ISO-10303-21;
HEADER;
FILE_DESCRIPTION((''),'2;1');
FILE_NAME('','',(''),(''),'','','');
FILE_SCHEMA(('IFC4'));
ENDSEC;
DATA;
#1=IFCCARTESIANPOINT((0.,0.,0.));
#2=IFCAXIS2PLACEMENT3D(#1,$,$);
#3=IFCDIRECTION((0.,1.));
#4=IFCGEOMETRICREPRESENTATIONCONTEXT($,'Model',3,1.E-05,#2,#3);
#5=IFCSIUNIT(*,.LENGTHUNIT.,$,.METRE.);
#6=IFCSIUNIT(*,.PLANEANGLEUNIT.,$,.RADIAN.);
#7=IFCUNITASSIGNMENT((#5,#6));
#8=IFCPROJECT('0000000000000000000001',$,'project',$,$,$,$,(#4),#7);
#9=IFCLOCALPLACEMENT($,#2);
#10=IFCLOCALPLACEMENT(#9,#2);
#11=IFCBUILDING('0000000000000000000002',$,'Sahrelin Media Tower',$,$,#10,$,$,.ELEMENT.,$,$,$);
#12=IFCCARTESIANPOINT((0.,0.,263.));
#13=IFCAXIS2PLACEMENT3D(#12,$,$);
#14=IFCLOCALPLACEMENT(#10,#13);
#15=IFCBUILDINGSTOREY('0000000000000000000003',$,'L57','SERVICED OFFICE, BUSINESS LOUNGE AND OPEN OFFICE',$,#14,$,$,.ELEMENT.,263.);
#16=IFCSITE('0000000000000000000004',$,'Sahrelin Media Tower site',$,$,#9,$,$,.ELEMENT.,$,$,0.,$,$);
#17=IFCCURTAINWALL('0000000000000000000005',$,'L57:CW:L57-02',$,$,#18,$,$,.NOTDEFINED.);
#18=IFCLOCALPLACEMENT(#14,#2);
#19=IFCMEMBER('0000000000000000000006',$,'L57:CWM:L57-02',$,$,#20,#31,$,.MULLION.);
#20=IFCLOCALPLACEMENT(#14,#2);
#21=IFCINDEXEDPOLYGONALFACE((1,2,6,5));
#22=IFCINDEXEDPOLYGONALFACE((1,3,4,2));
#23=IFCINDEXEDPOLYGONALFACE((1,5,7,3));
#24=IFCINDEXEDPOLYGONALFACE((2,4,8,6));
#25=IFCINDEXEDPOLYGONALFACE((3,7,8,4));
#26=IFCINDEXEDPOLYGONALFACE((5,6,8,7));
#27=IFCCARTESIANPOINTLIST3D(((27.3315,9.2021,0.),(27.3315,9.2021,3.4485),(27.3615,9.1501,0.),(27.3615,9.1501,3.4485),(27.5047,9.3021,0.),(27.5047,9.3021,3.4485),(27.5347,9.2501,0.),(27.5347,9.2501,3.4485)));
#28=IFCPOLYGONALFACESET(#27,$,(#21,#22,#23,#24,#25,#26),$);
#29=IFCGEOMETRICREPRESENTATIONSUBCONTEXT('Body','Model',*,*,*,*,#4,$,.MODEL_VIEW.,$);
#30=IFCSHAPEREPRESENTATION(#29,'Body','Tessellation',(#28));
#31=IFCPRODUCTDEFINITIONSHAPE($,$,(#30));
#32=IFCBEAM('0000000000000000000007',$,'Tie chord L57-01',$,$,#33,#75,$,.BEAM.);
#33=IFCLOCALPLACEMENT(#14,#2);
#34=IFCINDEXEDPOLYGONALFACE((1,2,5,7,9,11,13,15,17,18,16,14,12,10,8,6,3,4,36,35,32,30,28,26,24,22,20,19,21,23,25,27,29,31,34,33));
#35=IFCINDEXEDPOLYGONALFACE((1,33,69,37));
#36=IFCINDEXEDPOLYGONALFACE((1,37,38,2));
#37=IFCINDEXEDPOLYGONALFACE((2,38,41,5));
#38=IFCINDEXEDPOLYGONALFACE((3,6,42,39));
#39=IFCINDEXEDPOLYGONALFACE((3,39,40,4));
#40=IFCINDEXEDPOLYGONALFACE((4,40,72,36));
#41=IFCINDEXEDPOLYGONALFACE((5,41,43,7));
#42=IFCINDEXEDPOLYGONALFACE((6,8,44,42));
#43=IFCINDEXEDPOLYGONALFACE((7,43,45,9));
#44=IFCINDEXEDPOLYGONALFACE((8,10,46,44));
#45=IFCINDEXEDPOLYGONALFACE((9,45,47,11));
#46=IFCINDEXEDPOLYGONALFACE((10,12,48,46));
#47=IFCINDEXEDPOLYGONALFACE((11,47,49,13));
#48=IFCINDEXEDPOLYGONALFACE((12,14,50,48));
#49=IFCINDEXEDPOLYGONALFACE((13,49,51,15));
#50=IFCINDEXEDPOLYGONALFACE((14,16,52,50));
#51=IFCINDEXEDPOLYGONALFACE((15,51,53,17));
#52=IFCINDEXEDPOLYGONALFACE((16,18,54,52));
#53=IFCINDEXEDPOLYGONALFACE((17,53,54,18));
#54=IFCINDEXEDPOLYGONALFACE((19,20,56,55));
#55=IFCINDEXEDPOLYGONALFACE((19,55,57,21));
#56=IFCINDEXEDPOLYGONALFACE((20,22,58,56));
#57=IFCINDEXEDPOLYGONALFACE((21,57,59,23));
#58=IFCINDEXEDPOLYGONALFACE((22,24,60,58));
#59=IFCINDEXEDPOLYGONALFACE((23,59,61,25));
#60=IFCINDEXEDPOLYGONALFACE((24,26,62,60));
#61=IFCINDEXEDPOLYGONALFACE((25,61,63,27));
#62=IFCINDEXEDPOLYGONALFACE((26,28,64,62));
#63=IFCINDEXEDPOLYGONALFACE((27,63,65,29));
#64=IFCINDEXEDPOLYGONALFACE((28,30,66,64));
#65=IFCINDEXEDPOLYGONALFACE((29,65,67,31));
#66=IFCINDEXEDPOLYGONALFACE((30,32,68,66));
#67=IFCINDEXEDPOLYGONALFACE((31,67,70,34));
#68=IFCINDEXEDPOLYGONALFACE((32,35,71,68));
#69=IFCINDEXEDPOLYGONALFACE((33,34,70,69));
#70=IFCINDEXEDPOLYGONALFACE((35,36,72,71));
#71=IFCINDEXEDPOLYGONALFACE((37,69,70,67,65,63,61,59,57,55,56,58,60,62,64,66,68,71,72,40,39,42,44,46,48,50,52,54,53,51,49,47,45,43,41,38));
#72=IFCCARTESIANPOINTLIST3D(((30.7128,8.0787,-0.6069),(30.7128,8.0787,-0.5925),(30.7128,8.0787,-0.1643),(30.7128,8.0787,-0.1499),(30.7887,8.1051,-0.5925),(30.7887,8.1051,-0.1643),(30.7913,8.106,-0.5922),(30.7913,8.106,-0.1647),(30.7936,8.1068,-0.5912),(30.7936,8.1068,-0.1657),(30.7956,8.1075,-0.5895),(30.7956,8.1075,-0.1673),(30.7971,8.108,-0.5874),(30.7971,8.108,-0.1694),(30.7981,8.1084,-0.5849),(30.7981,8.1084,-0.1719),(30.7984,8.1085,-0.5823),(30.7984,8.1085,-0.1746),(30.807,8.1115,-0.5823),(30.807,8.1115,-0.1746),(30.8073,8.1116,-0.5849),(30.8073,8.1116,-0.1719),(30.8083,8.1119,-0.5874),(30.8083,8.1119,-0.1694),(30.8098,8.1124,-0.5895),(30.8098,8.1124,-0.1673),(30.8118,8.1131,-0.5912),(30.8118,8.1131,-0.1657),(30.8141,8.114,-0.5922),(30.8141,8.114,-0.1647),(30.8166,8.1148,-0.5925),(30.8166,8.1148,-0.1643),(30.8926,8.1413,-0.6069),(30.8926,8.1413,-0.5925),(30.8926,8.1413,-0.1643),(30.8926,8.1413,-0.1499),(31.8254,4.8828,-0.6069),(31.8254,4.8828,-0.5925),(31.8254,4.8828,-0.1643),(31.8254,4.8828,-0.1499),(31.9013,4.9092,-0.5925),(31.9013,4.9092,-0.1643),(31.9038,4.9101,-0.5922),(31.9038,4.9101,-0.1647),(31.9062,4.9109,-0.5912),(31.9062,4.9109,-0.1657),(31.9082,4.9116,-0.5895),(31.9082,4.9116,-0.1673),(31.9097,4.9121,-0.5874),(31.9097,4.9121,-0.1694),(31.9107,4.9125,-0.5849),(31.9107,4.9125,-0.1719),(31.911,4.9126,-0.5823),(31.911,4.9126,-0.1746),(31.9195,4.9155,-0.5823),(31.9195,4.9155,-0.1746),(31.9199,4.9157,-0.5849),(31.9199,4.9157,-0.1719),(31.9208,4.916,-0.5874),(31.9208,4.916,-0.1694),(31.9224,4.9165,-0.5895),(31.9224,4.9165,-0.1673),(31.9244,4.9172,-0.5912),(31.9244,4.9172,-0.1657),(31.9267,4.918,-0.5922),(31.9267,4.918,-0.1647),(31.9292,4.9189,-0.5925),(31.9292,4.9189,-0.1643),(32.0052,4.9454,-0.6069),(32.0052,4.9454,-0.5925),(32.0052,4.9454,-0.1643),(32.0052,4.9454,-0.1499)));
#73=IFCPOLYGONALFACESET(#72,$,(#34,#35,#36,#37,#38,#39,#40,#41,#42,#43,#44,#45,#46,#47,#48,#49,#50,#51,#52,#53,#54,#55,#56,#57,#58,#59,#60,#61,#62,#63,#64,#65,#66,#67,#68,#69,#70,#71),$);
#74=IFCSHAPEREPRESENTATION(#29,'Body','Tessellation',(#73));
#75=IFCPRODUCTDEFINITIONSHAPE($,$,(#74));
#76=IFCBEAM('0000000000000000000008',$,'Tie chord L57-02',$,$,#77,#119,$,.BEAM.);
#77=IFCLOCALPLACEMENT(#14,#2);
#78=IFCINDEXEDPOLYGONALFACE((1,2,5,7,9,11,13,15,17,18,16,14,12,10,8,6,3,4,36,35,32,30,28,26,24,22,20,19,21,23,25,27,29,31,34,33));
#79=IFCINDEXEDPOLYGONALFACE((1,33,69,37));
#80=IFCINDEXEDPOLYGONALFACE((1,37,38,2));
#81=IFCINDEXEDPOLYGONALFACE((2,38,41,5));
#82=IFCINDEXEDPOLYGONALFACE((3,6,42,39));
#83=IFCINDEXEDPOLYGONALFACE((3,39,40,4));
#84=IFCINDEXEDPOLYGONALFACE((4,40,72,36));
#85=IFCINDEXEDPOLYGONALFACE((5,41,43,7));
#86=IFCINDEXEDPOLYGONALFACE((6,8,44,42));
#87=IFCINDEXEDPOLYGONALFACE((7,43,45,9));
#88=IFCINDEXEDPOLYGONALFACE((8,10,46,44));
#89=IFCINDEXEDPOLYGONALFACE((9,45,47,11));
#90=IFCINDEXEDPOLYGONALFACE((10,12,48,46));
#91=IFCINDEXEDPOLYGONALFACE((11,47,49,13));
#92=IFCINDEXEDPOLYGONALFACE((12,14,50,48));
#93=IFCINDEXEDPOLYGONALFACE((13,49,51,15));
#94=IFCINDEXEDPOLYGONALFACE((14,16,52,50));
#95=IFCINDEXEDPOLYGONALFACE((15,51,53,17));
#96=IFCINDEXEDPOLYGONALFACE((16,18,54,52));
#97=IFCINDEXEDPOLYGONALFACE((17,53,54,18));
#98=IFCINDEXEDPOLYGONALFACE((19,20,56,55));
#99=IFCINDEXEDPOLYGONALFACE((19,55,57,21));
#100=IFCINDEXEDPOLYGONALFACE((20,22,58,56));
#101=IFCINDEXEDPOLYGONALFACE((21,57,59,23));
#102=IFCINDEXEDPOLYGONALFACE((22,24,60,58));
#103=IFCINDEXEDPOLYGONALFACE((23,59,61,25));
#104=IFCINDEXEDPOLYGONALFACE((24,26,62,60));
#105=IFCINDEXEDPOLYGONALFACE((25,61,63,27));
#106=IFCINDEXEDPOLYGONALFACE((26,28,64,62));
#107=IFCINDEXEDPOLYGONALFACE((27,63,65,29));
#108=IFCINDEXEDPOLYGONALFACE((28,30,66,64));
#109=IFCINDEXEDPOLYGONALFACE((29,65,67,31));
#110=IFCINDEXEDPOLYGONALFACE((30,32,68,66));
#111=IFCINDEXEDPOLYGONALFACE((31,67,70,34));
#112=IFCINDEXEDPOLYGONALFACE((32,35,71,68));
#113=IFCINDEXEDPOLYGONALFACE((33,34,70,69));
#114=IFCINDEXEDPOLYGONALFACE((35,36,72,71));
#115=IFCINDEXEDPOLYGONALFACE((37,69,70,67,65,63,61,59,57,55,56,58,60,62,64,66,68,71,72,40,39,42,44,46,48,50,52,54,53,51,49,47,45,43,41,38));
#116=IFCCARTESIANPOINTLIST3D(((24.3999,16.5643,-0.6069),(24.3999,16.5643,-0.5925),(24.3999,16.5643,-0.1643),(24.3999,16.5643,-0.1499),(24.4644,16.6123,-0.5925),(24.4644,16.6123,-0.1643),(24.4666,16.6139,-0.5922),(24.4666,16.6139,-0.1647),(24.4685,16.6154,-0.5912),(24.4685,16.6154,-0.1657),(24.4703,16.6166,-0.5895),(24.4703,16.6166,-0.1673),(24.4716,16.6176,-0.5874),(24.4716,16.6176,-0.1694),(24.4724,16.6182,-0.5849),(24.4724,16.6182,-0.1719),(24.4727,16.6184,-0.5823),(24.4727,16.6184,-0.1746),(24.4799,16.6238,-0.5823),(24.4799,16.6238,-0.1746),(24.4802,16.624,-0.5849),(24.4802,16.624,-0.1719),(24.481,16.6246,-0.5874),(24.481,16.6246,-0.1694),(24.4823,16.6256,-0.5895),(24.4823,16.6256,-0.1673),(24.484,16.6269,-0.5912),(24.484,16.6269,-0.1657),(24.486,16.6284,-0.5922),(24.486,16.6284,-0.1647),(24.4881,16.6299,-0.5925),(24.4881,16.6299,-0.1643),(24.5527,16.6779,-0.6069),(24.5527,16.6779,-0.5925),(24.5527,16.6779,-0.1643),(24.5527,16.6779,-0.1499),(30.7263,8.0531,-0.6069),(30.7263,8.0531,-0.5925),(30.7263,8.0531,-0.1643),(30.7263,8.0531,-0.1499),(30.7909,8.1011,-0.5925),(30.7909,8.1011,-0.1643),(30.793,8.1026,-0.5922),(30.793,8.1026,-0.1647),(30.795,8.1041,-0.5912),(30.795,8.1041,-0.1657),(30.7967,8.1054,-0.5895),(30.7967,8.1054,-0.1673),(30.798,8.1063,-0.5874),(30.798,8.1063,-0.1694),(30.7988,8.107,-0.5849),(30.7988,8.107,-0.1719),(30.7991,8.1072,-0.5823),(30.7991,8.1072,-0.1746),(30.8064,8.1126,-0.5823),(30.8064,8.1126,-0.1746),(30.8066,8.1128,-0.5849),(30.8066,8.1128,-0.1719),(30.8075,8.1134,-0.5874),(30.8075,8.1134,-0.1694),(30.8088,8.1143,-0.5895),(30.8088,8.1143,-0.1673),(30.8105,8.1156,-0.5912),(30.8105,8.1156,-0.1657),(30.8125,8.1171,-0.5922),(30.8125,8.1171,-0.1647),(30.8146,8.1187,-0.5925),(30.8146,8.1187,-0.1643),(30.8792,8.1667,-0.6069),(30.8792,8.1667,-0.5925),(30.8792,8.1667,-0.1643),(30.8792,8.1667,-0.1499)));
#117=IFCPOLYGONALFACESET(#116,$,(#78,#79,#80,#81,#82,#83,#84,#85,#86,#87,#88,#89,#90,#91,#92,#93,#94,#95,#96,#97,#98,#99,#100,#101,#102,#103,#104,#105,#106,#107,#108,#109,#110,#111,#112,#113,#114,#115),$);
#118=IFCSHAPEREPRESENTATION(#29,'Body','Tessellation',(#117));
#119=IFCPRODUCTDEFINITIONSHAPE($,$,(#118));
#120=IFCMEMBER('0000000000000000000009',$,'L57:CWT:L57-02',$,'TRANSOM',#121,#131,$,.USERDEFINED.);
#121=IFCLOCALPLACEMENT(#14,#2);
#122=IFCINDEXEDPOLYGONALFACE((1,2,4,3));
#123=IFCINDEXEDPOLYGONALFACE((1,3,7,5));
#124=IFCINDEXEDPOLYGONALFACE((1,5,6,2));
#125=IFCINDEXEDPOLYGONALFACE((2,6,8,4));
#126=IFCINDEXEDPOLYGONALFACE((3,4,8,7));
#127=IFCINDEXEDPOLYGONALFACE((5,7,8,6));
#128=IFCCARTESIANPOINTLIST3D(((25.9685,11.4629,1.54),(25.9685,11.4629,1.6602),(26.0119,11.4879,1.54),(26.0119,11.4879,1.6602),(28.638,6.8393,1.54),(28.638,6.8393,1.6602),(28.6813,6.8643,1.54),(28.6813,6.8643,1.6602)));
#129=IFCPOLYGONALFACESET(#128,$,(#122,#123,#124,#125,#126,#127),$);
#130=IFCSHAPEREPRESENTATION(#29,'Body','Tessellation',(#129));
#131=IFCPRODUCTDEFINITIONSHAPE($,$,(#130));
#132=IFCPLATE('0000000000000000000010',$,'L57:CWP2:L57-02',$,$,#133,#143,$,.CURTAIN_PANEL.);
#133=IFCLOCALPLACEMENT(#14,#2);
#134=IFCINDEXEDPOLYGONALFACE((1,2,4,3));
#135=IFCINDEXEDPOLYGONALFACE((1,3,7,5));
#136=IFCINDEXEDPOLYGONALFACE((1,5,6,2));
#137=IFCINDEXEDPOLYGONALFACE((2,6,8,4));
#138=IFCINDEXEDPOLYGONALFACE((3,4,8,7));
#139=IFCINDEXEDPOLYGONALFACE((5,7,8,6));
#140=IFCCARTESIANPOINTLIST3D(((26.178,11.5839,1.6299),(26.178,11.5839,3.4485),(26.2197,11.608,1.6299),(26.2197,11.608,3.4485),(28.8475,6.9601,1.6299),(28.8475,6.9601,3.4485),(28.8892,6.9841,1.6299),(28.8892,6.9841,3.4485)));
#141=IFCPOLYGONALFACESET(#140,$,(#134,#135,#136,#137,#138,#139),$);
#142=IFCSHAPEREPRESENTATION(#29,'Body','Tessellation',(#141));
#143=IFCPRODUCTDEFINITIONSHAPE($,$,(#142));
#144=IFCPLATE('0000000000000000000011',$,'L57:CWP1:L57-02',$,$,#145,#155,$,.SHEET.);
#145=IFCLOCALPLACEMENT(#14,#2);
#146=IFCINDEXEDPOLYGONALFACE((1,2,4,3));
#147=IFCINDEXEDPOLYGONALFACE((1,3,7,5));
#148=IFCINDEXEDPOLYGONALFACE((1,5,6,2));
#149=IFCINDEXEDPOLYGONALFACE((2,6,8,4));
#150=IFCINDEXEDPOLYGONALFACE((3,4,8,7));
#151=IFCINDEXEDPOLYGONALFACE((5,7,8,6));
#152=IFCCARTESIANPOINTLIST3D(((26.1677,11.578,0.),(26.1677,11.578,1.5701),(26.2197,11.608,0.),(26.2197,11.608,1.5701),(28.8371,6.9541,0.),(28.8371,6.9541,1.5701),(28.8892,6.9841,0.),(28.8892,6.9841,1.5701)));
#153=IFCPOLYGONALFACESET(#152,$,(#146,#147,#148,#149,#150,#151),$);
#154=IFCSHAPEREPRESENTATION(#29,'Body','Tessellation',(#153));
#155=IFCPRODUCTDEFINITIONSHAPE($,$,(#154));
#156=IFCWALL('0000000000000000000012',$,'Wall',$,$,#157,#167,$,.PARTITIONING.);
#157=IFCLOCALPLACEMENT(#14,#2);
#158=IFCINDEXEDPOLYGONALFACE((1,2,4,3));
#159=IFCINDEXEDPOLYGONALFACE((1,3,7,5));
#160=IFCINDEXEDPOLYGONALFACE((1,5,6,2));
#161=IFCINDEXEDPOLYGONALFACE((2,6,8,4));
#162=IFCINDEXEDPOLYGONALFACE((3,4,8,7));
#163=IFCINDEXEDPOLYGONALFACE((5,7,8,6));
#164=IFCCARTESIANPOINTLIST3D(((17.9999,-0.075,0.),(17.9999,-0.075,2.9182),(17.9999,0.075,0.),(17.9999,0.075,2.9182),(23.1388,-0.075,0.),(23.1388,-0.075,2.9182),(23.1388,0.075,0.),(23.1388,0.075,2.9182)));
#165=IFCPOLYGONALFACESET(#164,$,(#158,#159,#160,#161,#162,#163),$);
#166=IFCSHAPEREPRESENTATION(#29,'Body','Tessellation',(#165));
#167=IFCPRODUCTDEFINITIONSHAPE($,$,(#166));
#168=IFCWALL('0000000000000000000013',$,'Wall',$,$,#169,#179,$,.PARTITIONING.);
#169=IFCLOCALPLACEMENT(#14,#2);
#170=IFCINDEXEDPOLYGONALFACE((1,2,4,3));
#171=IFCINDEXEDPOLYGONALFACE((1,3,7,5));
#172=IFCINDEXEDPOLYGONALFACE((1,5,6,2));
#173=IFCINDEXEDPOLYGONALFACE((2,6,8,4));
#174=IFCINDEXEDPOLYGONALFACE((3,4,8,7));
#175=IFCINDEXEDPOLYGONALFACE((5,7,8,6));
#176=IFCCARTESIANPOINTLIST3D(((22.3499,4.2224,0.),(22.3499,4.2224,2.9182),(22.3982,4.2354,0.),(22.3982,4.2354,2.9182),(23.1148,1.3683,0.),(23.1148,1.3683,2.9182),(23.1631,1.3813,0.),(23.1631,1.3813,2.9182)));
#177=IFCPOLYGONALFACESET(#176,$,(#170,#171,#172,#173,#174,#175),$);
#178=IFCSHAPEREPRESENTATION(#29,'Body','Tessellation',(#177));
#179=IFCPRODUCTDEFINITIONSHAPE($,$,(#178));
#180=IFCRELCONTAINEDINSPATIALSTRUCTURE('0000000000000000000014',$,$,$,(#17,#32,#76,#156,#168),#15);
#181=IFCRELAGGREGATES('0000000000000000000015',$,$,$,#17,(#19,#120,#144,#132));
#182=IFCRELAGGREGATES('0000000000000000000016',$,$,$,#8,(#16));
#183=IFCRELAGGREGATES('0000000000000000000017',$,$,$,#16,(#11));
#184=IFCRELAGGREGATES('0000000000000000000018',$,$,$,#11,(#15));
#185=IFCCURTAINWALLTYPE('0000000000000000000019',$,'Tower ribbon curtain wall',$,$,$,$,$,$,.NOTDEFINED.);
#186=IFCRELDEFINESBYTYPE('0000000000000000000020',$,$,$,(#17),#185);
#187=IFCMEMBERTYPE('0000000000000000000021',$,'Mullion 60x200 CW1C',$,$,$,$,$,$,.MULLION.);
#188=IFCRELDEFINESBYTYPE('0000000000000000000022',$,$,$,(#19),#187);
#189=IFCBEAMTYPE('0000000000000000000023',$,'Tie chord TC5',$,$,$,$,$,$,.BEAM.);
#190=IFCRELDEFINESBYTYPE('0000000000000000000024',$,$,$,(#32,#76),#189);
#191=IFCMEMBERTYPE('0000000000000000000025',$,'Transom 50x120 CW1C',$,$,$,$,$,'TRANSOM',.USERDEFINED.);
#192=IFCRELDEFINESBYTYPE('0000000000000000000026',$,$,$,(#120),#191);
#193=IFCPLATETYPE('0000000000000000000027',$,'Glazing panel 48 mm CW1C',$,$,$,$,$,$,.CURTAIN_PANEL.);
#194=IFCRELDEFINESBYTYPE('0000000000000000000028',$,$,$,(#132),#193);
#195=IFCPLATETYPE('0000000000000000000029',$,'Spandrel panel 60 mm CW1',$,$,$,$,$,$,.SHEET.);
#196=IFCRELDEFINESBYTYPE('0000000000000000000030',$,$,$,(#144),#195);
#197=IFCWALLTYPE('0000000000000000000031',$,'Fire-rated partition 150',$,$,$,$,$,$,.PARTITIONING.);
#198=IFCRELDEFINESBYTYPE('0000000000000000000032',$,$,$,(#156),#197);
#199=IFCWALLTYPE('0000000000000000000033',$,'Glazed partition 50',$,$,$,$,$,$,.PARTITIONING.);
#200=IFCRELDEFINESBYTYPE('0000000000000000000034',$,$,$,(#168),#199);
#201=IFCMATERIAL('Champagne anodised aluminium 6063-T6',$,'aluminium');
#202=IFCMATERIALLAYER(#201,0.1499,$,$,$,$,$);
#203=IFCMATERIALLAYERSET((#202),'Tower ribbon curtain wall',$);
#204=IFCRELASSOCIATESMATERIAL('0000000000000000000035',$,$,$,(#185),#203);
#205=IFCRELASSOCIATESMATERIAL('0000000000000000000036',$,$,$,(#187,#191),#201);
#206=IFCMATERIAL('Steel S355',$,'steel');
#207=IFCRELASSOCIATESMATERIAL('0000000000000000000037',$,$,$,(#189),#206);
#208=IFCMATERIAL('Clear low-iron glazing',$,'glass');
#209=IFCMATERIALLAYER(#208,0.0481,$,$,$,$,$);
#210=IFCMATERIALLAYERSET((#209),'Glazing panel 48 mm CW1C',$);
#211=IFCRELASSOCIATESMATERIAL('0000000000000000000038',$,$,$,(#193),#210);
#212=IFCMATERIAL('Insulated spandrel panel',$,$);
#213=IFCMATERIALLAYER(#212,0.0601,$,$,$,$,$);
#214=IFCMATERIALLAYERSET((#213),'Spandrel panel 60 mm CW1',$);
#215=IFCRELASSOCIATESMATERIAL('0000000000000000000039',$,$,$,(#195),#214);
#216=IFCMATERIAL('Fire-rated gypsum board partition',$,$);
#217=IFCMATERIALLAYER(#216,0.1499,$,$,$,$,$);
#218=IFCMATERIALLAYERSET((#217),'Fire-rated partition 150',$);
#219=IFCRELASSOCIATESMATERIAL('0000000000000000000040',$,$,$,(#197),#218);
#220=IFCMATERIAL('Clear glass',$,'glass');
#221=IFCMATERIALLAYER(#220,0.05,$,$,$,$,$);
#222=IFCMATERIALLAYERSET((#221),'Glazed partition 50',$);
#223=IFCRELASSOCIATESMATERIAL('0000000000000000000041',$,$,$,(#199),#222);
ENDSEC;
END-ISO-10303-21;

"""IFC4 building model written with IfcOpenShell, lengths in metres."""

from ifc_helpers import new_model, si_unit, direction, frame, frame_2d, origin, origin_2d, place, context, subcontext, project, spatial, polyline, rectangle, i_section, outline, extrude, material, layer, layer_set, material_profile, profile_set, type_object, element, aggregate, save


model = new_model("IFC4")

# Units and contexts
model_context = context("Model", 3, precision=1e-05, world=origin(), true_north=direction((0.0, 1.0)))
body_context = subcontext(model_context, "Body", "Model", "MODEL_VIEW")
ifc_project = project(units=[si_unit("LENGTHUNIT", "METRE"), si_unit("PLANEANGLEUNIT", "RADIAN")], contexts=[model_context])

# Site, building, storey
site_placement = place(None, origin())
site = spatial("IfcSite", under=ifc_project, at=site_placement, Name="Sahrelin Media Tower site", CompositionType="ELEMENT", RefElevation=0.0)
building_placement = place(site_placement, origin())
building = spatial("IfcBuilding", under=site, at=building_placement, Name="Sahrelin Media Tower", CompositionType="ELEMENT")
storey_placement = place(building_placement, frame((0.0, 0.0, 263.0)))
storey = spatial("IfcBuildingStorey", under=building, at=storey_placement, Name="L57", Description="SERVICED OFFICE, BUSINESS LOUNGE AND OPEN OFFICE", CompositionType="ELEMENT", Elevation=263.0)

# Curtain wall, member
ifc_material_1 = material(Name="Champagne anodised aluminium 6063-T6", Category="aluminium")
ifc_layer_1 = layer(ifc_material_1, 0.1499)
ifc_layer_set_1 = layer_set([ifc_layer_1], Name="Tower ribbon curtain wall")
curtain_wall_type = type_object("IfcCurtainWallType", Name="Tower ribbon curtain wall", PredefinedType="NOTDEFINED", material=ifc_layer_set_1)
curtain_wall_placement = place(storey_placement, frame((27.5371, 9.2861, 0.0), z_axis=(0.0, 0.0, 1.0), x_axis=(1.0, 0.0, 0.0)))
curtain_wall = element("IfcCurtainWall", 1, at=curtain_wall_placement, inside=storey, type_object=curtain_wall_type, Name="L57:CW:L57-02", PredefinedType="NOTDEFINED")
ifc_material_profile_1 = material_profile(ifc_material_1, rectangle(XDim=0.0601, YDim=0.2, at=origin_2d()), Name="Mullion 60x200")
ifc_profile_set_1 = profile_set([ifc_material_profile_1], Name="Champagne anodised aluminium 6063-T6")
member_type_1 = type_object("IfcMemberType", Name="Mullion 60x200 CW1C", PredefinedType="MULLION", material=ifc_profile_set_1)
member_1_placement = place(storey_placement, frame((27.4331, 9.2261, 0.0), z_axis=(0.0, 0.0, 1.0), x_axis=(-0.500002, 0.866025, 0.0)))
member_1 = element("IfcMember", 2, at=member_1_placement, type_object=member_type_1, Name="L57:CWM:L57-02", PredefinedType="MULLION", context=body_context, shape_type="SweptSolid", body=[
    extrude(rectangle(XDim=0.0601, YDim=0.2, at=origin_2d()), origin(), (0.0, 0.0, 1.0), 3.4485),
])

# Beams
ifc_material_2 = material(Name="Steel S355", Category="steel")
ifc_material_profile_2 = material_profile(ifc_material_2, i_section(OverallWidth=0.1904, OverallDepth=0.457, WebThickness=0.009, FlangeThickness=0.0144, FilletRadius=0.0103, at=origin_2d()), Name="UB 457x191x74")
ifc_profile_set_2 = profile_set([ifc_material_profile_2], Name="Steel S355")
beam_type = type_object("IfcBeamType", Name="Tie chord TC5", PredefinedType="BEAM", material=ifc_profile_set_2)
beam_1_placement = place(storey_placement, frame((31.9153, 4.9141, -0.3784), z_axis=(-0.328775, 0.944408, 0.0), x_axis=(-0.944408, -0.328775, 0.0)))
element("IfcBeam", 3, at=beam_1_placement, inside=storey, type_object=beam_type, Name="Tie chord L57-01", PredefinedType="BEAM", context=body_context, shape_type="SweptSolid", body=[
    extrude(i_section(OverallWidth=0.1904, OverallDepth=0.457, WebThickness=0.009, FlangeThickness=0.0144, FilletRadius=0.0103, at=origin_2d()), origin(), (0.0, 0.0, 1.0), 3.384),
])
beam_2_placement = place(storey_placement, frame((30.8027, 8.1099, -0.3784), z_axis=(-0.596554, 0.802573, 0.0), x_axis=(-0.802573, -0.596554, 0.0)))
element("IfcBeam", 4, at=beam_2_placement, inside=storey, type_object=beam_type, Name="Tie chord L57-02", PredefinedType="BEAM", context=body_context, shape_type="SweptSolid", body=[
    extrude(i_section(OverallWidth=0.1904, OverallDepth=0.457, WebThickness=0.009, FlangeThickness=0.0144, FilletRadius=0.0103, at=origin_2d()), origin(), (0.0, 0.0, 1.0), 10.605),
])

# Member
ifc_material_profile_3 = material_profile(ifc_material_1, rectangle(XDim=0.05, YDim=0.1201, at=origin_2d()), Name="Transom 50x120")
ifc_profile_set_3 = profile_set([ifc_material_profile_3], Name="Champagne anodised aluminium 6063-T6")
member_type_2 = type_object("IfcMemberType", Name="Transom 50x120 CW1C", ElementType="TRANSOM", PredefinedType="USERDEFINED", material=ifc_profile_set_3)
member_2_placement = place(storey_placement, frame((28.6597, 6.8518, 1.6001), z_axis=(-0.500005, 0.866023, 0.0), x_axis=(-0.866023, -0.500005, 0.0)))
member_2 = element("IfcMember", 5, at=member_2_placement, type_object=member_type_2, Name="L57:CWT:L57-02", ObjectType="TRANSOM", PredefinedType="USERDEFINED", context=body_context, shape_type="SweptSolid", body=[
    extrude(rectangle(XDim=0.05, YDim=0.1201, at=origin_2d()), origin(), (0.0, 0.0, 1.0), 5.3389),
])

# Plates
ifc_material_3 = material(Name="Clear low-iron glazing", Category="glass")
ifc_layer_2 = layer(ifc_material_3, 0.0481)
ifc_layer_set_2 = layer_set([ifc_layer_2], Name="Glazing panel 48 mm CW1C")
plate_type_1 = type_object("IfcPlateType", Name="Glazing panel 48 mm CW1C", PredefinedType="CURTAIN_PANEL", material=ifc_layer_set_2)
plate_1_placement = place(storey_placement, frame((28.8892, 6.9841, 1.6299), z_axis=(0.866034, 0.499985, 0.0), x_axis=(-0.499985, 0.866034, 0.0)))
plate_1 = element("IfcPlate", 6, at=plate_1_placement, type_object=plate_type_1, Name="L57:CWP2:L57-02", PredefinedType="CURTAIN_PANEL", context=body_context, shape_type="SweptSolid", body=[
    extrude(outline(polyline([(0.0, 0.0), (5.3391, 0.0), (5.3391, 1.8186), (0.0, 1.8186), (0.0, 0.0)])), origin(), (0.0, 0.0, -1.0), 0.0481),
])
ifc_material_4 = material(Name="Insulated spandrel panel")
ifc_layer_3 = layer(ifc_material_4, 0.0601)
ifc_layer_set_3 = layer_set([ifc_layer_3], Name="Spandrel panel 60 mm CW1")
plate_type_2 = type_object("IfcPlateType", Name="Spandrel panel 60 mm CW1", PredefinedType="SHEET", material=ifc_layer_set_3)
plate_2_placement = place(storey_placement, frame((28.8892, 6.9841, 0.0), z_axis=(0.866034, 0.499985, 0.0), x_axis=(-0.499985, 0.866034, 0.0)))
plate_2 = element("IfcPlate", 7, at=plate_2_placement, type_object=plate_type_2, Name="L57:CWP1:L57-02", PredefinedType="SHEET", context=body_context, shape_type="SweptSolid", body=[
    extrude(outline(polyline([(0.0, 0.0), (5.3391, 0.0), (5.3391, 1.5701), (0.0, 1.5701), (0.0, 0.0)])), origin(), (0.0, 0.0, -1.0), 0.0601),
])
aggregate(curtain_wall, [member_1, member_2, plate_2, plate_1])

# Walls
ifc_material_5 = material(Name="Fire-rated gypsum board partition")
ifc_layer_4 = layer(ifc_material_5, 0.1499)
ifc_layer_set_4 = layer_set([ifc_layer_4], Name="Fire-rated partition 150")
wall_type_1 = type_object("IfcWallType", Name="Fire-rated partition 150", PredefinedType="PARTITIONING", material=ifc_layer_set_4)
wall_1_placement = place(storey_placement, frame((18.0, 0.0, 0.0), z_axis=(0.0, 0.0, 1.0), x_axis=(1.0, 0.0, 0.0)))
element("IfcWall", 8, at=wall_1_placement, inside=storey, type_object=wall_type_1, Name="Wall", PredefinedType="PARTITIONING", context=body_context, shape_type="SweptSolid", body=[
    extrude(rectangle(XDim=5.1389, YDim=0.1499, at=frame_2d((2.5693, 0.0))), origin(), (0.0, 0.0, 1.0), 2.9182),
])
ifc_material_6 = material(Name="Clear glass", Category="glass")
ifc_layer_5 = layer(ifc_material_6, 0.05)
ifc_layer_set_5 = layer_set([ifc_layer_5], Name="Glazed partition 50")
wall_type_2 = type_object("IfcWallType", Name="Glazed partition 50", PredefinedType="PARTITIONING", material=ifc_layer_set_5)
wall_2_placement = place(storey_placement, frame((22.374, 4.229, 0.0), z_axis=(0.0, 0.0, 1.0), x_axis=(0.258871, -0.965912, 0.0)))
element("IfcWall", 9, at=wall_2_placement, inside=storey, type_object=wall_type_2, Name="Wall", PredefinedType="PARTITIONING", context=body_context, shape_type="SweptSolid", body=[
    extrude(rectangle(XDim=2.9548, YDim=0.05, at=frame_2d((1.4775, 0.0))), origin(), (0.0, 0.0, 1.0), 2.9182),
])

save(model, "model.ifc")
